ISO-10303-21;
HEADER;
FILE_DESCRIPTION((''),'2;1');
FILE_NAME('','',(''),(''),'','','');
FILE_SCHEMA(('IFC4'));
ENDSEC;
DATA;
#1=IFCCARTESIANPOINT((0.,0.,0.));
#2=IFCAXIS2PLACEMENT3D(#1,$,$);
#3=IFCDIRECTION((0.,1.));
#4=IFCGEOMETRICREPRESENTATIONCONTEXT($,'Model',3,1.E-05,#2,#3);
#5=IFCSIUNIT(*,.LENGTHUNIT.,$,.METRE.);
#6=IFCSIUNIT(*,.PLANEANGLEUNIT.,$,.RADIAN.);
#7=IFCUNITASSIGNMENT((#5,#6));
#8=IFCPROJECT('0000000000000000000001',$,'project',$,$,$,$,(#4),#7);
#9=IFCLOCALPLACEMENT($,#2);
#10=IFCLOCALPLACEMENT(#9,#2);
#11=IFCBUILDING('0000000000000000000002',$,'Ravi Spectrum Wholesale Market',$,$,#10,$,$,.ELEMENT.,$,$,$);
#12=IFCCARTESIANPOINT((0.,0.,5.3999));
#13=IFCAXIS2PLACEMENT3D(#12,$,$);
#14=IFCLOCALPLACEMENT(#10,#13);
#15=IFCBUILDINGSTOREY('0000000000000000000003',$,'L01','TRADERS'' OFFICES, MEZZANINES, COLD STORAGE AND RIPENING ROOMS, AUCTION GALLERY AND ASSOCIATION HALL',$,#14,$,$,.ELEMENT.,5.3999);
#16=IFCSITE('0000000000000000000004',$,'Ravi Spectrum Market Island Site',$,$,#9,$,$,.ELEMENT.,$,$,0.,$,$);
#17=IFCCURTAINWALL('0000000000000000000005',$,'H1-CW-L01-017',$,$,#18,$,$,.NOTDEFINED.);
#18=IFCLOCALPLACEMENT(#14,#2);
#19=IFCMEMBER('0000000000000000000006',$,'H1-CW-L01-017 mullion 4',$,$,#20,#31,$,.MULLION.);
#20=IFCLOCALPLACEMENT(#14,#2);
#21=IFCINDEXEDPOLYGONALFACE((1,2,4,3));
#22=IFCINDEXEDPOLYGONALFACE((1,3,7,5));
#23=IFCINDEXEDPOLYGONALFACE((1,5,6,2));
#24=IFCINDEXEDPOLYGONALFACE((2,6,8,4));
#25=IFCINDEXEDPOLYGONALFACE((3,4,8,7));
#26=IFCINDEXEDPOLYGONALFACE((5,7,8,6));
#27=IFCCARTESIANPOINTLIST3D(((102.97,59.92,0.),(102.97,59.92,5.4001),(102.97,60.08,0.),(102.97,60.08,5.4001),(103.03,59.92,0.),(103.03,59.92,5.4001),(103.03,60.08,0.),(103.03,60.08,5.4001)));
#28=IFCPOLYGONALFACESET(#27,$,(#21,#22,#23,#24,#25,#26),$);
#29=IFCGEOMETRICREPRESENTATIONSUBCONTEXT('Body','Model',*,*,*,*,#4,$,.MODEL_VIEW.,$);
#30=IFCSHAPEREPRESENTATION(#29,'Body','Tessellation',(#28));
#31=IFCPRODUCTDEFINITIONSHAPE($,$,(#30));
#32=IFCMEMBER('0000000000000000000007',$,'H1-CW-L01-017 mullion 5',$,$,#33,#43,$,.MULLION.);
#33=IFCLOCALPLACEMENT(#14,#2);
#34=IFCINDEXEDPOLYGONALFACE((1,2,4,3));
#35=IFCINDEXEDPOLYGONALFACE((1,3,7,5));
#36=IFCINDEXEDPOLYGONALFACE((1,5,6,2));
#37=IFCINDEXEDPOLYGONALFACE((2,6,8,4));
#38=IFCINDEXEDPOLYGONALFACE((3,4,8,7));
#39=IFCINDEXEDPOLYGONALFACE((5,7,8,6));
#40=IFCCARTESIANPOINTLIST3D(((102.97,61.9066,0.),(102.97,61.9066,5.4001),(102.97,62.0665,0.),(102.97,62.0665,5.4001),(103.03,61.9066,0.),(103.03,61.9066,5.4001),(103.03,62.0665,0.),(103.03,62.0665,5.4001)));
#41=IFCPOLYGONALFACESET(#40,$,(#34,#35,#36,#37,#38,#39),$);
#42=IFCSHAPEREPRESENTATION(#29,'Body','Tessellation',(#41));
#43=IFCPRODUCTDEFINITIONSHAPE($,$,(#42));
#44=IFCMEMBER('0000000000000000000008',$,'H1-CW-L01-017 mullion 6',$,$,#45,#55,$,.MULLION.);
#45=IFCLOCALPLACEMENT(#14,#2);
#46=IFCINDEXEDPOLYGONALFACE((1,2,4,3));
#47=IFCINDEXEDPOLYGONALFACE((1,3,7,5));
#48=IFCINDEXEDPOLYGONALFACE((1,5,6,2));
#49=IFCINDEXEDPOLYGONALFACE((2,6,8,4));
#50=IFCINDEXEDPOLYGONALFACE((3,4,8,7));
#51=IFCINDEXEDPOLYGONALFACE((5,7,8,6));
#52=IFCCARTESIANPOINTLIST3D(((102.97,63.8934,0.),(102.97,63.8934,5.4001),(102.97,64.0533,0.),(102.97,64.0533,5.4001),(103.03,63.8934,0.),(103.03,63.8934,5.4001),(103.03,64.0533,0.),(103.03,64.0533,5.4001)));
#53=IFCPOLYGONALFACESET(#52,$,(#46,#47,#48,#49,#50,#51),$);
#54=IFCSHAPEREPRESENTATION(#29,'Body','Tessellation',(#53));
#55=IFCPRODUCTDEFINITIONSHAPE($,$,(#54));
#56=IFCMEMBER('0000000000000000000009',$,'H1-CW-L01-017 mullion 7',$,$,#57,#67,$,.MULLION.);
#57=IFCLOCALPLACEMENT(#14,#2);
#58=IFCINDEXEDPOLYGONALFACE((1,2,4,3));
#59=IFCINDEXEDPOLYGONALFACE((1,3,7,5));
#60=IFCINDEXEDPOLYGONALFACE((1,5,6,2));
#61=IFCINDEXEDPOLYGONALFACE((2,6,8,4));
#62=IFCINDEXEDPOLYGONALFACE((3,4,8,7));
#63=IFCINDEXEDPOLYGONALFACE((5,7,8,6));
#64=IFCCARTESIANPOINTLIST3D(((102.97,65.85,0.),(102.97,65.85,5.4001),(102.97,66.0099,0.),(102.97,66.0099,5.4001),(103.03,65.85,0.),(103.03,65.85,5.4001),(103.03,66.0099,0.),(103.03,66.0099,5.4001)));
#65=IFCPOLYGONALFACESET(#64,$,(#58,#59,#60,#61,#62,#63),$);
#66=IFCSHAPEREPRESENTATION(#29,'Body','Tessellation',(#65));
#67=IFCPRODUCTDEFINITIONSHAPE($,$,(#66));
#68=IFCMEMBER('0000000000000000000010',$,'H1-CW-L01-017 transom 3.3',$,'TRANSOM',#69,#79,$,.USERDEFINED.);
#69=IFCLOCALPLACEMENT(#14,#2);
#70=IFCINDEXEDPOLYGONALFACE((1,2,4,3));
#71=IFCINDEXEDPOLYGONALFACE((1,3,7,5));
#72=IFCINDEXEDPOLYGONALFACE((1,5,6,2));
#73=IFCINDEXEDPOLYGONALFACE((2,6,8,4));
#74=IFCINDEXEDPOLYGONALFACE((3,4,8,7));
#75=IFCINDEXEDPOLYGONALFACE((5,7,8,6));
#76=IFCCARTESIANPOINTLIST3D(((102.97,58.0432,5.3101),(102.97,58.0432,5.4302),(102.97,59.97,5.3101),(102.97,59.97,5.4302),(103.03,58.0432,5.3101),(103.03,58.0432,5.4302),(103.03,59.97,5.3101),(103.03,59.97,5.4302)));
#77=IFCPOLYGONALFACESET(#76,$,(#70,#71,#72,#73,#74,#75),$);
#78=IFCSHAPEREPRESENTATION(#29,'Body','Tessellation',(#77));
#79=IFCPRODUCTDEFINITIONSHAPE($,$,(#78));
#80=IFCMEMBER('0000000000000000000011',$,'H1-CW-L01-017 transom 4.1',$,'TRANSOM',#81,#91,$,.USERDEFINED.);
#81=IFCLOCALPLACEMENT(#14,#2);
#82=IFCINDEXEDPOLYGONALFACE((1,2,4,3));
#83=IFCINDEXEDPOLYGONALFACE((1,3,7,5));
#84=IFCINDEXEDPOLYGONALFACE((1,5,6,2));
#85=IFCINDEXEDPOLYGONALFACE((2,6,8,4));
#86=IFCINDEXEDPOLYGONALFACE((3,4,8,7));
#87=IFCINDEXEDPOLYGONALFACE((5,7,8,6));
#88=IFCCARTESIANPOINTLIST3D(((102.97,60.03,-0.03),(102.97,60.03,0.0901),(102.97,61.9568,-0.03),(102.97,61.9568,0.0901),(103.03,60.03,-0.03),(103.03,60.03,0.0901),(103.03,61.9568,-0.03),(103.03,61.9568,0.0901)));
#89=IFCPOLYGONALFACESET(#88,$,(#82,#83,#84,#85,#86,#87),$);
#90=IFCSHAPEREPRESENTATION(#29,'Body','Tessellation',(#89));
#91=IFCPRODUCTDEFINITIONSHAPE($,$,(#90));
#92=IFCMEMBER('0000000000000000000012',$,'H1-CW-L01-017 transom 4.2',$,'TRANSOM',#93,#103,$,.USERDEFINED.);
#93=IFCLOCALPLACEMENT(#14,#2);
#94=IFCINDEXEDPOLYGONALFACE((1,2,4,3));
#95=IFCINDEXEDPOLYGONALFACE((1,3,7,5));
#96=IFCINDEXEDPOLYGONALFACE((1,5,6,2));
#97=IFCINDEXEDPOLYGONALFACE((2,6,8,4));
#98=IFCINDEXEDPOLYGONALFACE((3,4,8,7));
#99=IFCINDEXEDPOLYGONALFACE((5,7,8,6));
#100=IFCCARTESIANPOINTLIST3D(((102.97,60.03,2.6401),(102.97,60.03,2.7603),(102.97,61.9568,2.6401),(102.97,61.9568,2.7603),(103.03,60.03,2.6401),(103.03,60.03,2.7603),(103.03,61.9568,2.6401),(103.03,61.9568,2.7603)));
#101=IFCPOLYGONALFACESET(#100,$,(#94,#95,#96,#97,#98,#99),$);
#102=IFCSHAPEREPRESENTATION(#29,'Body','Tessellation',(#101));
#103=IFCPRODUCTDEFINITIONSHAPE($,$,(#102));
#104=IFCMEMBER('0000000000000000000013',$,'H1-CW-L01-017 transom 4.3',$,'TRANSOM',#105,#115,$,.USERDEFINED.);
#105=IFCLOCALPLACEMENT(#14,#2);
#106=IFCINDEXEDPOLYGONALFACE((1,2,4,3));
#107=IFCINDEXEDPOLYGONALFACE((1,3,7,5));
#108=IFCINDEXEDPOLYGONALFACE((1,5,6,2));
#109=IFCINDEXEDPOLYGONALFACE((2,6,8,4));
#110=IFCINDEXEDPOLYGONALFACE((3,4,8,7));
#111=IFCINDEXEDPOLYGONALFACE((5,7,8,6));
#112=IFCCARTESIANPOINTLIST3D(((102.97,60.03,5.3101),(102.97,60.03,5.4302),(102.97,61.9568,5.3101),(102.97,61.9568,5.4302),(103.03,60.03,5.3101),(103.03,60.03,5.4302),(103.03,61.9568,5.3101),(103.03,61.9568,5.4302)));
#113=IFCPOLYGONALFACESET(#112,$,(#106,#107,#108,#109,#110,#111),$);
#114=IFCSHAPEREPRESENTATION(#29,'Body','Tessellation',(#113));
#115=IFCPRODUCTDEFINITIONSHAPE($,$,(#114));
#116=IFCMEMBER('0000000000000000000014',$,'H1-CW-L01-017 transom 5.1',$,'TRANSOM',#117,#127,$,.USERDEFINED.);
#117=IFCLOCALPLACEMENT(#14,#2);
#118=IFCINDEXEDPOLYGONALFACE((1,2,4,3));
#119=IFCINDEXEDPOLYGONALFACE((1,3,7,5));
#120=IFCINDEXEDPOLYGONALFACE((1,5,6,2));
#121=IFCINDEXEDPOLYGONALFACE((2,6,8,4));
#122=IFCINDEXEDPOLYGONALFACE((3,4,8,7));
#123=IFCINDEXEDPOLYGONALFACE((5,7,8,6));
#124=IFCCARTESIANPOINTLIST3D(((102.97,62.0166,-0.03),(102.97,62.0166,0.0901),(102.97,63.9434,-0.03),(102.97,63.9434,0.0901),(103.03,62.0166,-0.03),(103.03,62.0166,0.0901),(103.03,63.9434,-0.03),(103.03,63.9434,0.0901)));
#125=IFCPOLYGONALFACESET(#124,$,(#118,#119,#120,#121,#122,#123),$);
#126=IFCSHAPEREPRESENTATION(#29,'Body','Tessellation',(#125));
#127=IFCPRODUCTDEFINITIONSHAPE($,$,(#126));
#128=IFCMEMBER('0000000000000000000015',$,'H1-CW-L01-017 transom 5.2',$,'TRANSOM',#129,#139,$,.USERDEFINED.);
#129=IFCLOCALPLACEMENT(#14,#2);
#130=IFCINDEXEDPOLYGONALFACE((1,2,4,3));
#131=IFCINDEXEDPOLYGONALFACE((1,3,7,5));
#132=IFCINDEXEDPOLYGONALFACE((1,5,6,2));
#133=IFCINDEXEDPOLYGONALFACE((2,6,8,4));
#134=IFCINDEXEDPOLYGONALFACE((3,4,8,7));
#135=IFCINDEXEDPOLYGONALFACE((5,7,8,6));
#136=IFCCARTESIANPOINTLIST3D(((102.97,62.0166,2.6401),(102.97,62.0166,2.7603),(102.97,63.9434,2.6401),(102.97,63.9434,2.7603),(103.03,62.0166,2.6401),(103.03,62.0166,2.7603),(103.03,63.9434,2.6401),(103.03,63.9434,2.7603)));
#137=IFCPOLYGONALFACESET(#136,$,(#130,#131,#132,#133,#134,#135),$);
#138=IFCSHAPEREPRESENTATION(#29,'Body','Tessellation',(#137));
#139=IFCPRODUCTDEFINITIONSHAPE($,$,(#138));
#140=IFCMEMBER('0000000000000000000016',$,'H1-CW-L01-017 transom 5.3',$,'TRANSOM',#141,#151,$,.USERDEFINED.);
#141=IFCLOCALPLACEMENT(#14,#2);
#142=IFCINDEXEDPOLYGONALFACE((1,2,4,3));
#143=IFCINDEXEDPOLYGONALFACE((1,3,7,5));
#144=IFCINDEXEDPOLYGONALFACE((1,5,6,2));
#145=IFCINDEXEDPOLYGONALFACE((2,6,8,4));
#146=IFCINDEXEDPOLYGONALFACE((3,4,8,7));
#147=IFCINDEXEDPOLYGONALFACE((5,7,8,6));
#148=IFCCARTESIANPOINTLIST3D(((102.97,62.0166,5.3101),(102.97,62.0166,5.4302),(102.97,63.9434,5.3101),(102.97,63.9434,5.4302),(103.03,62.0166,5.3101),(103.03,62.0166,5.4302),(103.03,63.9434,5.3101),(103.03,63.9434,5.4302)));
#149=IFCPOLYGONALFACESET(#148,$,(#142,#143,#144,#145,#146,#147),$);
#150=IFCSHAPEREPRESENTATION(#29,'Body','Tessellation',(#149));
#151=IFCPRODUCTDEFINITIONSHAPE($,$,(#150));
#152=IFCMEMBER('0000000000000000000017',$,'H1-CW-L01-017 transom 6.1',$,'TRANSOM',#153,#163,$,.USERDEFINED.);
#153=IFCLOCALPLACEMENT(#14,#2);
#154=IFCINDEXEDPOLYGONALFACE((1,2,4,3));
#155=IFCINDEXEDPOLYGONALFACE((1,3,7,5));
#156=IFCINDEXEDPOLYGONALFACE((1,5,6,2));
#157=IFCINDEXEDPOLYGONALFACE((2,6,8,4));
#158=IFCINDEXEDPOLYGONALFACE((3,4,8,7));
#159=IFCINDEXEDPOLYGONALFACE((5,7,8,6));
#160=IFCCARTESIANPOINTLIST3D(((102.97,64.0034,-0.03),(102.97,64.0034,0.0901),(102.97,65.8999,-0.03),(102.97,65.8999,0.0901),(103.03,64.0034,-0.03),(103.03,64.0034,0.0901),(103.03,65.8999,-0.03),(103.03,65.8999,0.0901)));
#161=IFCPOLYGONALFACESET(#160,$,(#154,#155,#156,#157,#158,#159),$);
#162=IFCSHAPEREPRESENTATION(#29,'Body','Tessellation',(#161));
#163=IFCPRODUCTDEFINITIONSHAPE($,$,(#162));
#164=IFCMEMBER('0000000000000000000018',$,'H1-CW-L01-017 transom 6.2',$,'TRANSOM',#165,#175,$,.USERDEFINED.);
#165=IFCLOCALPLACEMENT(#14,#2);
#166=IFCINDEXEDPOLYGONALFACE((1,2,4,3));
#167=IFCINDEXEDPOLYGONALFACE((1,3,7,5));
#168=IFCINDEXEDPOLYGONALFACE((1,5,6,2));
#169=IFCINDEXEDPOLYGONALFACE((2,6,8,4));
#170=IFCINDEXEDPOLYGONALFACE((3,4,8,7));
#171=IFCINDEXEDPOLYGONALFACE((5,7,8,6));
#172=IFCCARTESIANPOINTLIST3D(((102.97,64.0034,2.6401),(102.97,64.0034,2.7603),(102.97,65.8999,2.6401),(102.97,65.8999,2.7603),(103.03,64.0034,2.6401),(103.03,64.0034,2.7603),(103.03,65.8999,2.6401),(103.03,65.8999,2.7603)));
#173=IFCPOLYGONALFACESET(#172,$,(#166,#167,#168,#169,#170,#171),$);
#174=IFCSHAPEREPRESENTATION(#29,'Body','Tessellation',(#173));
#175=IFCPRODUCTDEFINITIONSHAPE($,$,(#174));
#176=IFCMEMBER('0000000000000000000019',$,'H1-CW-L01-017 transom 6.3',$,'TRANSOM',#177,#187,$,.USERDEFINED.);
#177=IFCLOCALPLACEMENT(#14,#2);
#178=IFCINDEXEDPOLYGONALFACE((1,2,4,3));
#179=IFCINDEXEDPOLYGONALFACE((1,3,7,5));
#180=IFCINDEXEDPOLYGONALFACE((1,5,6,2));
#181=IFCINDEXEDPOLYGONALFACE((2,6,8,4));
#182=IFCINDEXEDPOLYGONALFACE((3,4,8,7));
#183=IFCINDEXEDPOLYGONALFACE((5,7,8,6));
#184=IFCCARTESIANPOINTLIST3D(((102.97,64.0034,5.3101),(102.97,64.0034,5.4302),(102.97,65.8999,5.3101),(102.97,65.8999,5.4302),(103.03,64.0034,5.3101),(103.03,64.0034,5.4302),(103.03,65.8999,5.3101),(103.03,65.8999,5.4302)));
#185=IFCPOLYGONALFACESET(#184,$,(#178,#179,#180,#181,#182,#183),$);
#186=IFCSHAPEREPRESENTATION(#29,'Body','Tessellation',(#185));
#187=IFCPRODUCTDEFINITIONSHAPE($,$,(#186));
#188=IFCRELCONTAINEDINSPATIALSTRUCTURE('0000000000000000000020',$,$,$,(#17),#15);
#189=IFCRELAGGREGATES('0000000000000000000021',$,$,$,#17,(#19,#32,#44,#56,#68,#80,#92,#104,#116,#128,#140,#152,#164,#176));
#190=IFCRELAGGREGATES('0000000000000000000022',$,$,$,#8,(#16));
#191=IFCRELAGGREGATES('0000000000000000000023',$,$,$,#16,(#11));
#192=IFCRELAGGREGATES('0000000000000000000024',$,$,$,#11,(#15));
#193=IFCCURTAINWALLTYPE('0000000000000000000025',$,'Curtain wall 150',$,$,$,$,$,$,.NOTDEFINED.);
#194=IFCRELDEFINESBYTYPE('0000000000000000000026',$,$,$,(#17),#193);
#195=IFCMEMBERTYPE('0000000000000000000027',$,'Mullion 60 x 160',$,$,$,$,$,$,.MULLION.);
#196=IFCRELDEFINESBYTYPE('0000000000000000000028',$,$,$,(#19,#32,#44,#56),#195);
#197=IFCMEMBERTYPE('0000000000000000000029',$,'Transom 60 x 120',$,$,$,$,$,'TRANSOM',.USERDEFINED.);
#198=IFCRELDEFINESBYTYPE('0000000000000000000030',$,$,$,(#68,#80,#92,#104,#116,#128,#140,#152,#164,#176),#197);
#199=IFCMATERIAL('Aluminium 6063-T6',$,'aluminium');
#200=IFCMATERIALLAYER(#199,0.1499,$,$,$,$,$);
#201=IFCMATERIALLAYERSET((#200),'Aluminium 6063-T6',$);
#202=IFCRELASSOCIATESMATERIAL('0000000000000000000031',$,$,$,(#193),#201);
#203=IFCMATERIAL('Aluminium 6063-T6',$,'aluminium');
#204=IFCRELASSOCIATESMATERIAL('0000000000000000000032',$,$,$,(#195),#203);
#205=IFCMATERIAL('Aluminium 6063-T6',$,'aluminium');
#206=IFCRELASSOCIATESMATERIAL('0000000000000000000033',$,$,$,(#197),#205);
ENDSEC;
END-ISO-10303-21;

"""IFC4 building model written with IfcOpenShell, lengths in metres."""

from ifc_helpers import new_model, si_unit, direction, frame, origin, origin_2d, place, context, subcontext, project, spatial, rectangle, extrude, material, layer, layer_set, material_profile, profile_set, type_object, element, aggregate, save


model = new_model("IFC4")

# Units and contexts
model_context = context("Model", 3, precision=1e-05, world=origin(), true_north=direction((0.0, 1.0)))
body_context = subcontext(model_context, "Body", "Model", "MODEL_VIEW")
ifc_project = project(units=[si_unit("LENGTHUNIT", "METRE"), si_unit("PLANEANGLEUNIT", "RADIAN")], contexts=[model_context])

# Site, building, storey
site_placement = place(None, origin())
site = spatial("IfcSite", under=ifc_project, at=site_placement, Name="Ravi Spectrum Market Island Site", CompositionType="ELEMENT", RefElevation=0.0)
building_placement = place(site_placement, origin())
building = spatial("IfcBuilding", under=site, at=building_placement, Name="Ravi Spectrum Wholesale Market", CompositionType="ELEMENT")
storey_placement = place(building_placement, frame((0.0, 0.0, 5.3999)))
storey = spatial("IfcBuildingStorey", under=building, at=storey_placement, Name="L01", Description="TRADERS' OFFICES, MEZZANINES, COLD STORAGE AND RIPENING ROOMS, AUCTION GALLERY AND ASSOCIATION HALL", CompositionType="ELEMENT", Elevation=5.3999)

# Curtain wall, members
ifc_material_1 = material(Name="Aluminium 6063-T6", Category="aluminium")
ifc_layer_1 = layer(ifc_material_1, 0.1499)
ifc_layer_set_1 = layer_set([ifc_layer_1], Name="Aluminium 6063-T6")
curtain_wall_type = type_object("IfcCurtainWallType", Name="Curtain wall 150", PredefinedType="NOTDEFINED", material=ifc_layer_set_1)
curtain_wall_placement = place(storey_placement, origin())
curtain_wall = element("IfcCurtainWall", 1, at=curtain_wall_placement, inside=storey, type_object=curtain_wall_type, Name="H1-CW-L01-017", PredefinedType="NOTDEFINED")
ifc_material_2 = material(Name="Aluminium 6063-T6", Category="aluminium")
ifc_material_profile_1 = material_profile(ifc_material_2, rectangle(XDim=0.0601, YDim=0.1599, at=origin_2d()))
ifc_profile_set_1 = profile_set([ifc_material_profile_1], Name="Aluminium 6063-T6")
member_type_1 = type_object("IfcMemberType", Name="Mullion 60 x 160", PredefinedType="MULLION", material=ifc_profile_set_1)
member_1_placement = place(storey_placement, frame((103.0, 60.0, 0.0), z_axis=(0.0, 0.0, 1.0), x_axis=(-1.0, 0.0, 0.0)))
member_1 = element("IfcMember", 2, at=member_1_placement, type_object=member_type_1, Name="H1-CW-L01-017 mullion 4", PredefinedType="MULLION", context=body_context, shape_type="SweptSolid", body=[
    extrude(rectangle(XDim=0.0601, YDim=0.1599, at=origin_2d()), origin(), (0.0, 0.0, 1.0), 5.4001),
])
member_2_placement = place(storey_placement, frame((103.0, 61.9866, 0.0), z_axis=(0.0, 0.0, 1.0), x_axis=(-1.0, 0.0, 0.0)))
member_2 = element("IfcMember", 3, at=member_2_placement, type_object=member_type_1, Name="H1-CW-L01-017 mullion 5", PredefinedType="MULLION", context=body_context, shape_type="SweptSolid", body=[
    extrude(rectangle(XDim=0.0601, YDim=0.1599, at=origin_2d()), origin(), (0.0, 0.0, 1.0), 5.4001),
])
member_3_placement = place(storey_placement, frame((103.0, 63.9734, 0.0), z_axis=(0.0, 0.0, 1.0), x_axis=(-1.0, 0.0, 0.0)))
member_3 = element("IfcMember", 4, at=member_3_placement, type_object=member_type_1, Name="H1-CW-L01-017 mullion 6", PredefinedType="MULLION", context=body_context, shape_type="SweptSolid", body=[
    extrude(rectangle(XDim=0.0601, YDim=0.1599, at=origin_2d()), origin(), (0.0, 0.0, 1.0), 5.4001),
])
member_4_placement = place(storey_placement, frame((103.0, 65.9299, 0.0), z_axis=(0.0, 0.0, 1.0), x_axis=(-1.0, 0.0, 0.0)))
member_4 = element("IfcMember", 5, at=member_4_placement, type_object=member_type_1, Name="H1-CW-L01-017 mullion 7", PredefinedType="MULLION", context=body_context, shape_type="SweptSolid", body=[
    extrude(rectangle(XDim=0.0601, YDim=0.1599, at=origin_2d()), origin(), (0.0, 0.0, 1.0), 5.4001),
])
ifc_material_3 = material(Name="Aluminium 6063-T6", Category="aluminium")
ifc_material_profile_2 = material_profile(ifc_material_3, rectangle(XDim=0.0601, YDim=0.1201, at=origin_2d()))
ifc_profile_set_2 = profile_set([ifc_material_profile_2], Name="Aluminium 6063-T6")
member_type_2 = type_object("IfcMemberType", Name="Transom 60 x 120", ElementType="TRANSOM", PredefinedType="USERDEFINED", material=ifc_profile_set_2)
member_5_placement = place(storey_placement, frame((103.0, 58.0432, 5.3701), z_axis=(0.0, 1.0, 0.0), x_axis=(-1.0, 0.0, 0.0)))
member_5 = element("IfcMember", 6, at=member_5_placement, type_object=member_type_2, Name="H1-CW-L01-017 transom 3.3", ObjectType="TRANSOM", PredefinedType="USERDEFINED", context=body_context, shape_type="SweptSolid", body=[
    extrude(rectangle(XDim=0.0601, YDim=0.1201, at=origin_2d()), origin(), (0.0, 0.0, 1.0), 1.9268),
])
member_6_placement = place(storey_placement, frame((103.0, 60.03, 0.03), z_axis=(0.0, 1.0, 0.0), x_axis=(-1.0, 0.0, 0.0)))
member_6 = element("IfcMember", 7, at=member_6_placement, type_object=member_type_2, Name="H1-CW-L01-017 transom 4.1", ObjectType="TRANSOM", PredefinedType="USERDEFINED", context=body_context, shape_type="SweptSolid", body=[
    extrude(rectangle(XDim=0.0601, YDim=0.1201, at=origin_2d()), origin(), (0.0, 0.0, 1.0), 1.9268),
])
member_7_placement = place(storey_placement, frame((103.0, 60.03, 2.7002), z_axis=(0.0, 1.0, 0.0), x_axis=(-1.0, 0.0, 0.0)))
member_7 = element("IfcMember", 8, at=member_7_placement, type_object=member_type_2, Name="H1-CW-L01-017 transom 4.2", ObjectType="TRANSOM", PredefinedType="USERDEFINED", context=body_context, shape_type="SweptSolid", body=[
    extrude(rectangle(XDim=0.0601, YDim=0.1201, at=origin_2d()), origin(), (0.0, 0.0, 1.0), 1.9268),
])
member_8_placement = place(storey_placement, frame((103.0, 60.03, 5.3701), z_axis=(0.0, 1.0, 0.0), x_axis=(-1.0, 0.0, 0.0)))
member_8 = element("IfcMember", 9, at=member_8_placement, type_object=member_type_2, Name="H1-CW-L01-017 transom 4.3", ObjectType="TRANSOM", PredefinedType="USERDEFINED", context=body_context, shape_type="SweptSolid", body=[
    extrude(rectangle(XDim=0.0601, YDim=0.1201, at=origin_2d()), origin(), (0.0, 0.0, 1.0), 1.9268),
])
member_9_placement = place(storey_placement, frame((103.0, 62.0166, 0.03), z_axis=(0.0, 1.0, 0.0), x_axis=(-1.0, 0.0, 0.0)))
member_9 = element("IfcMember", 10, at=member_9_placement, type_object=member_type_2, Name="H1-CW-L01-017 transom 5.1", ObjectType="TRANSOM", PredefinedType="USERDEFINED", context=body_context, shape_type="SweptSolid", body=[
    extrude(rectangle(XDim=0.0601, YDim=0.1201, at=origin_2d()), origin(), (0.0, 0.0, 1.0), 1.9268),
])
member_10_placement = place(storey_placement, frame((103.0, 62.0166, 2.7002), z_axis=(0.0, 1.0, 0.0), x_axis=(-1.0, 0.0, 0.0)))
member_10 = element("IfcMember", 11, at=member_10_placement, type_object=member_type_2, Name="H1-CW-L01-017 transom 5.2", ObjectType="TRANSOM", PredefinedType="USERDEFINED", context=body_context, shape_type="SweptSolid", body=[
    extrude(rectangle(XDim=0.0601, YDim=0.1201, at=origin_2d()), origin(), (0.0, 0.0, 1.0), 1.9268),
])
member_11_placement = place(storey_placement, frame((103.0, 62.0166, 5.3701), z_axis=(0.0, 1.0, 0.0), x_axis=(-1.0, 0.0, 0.0)))
member_11 = element("IfcMember", 12, at=member_11_placement, type_object=member_type_2, Name="H1-CW-L01-017 transom 5.3", ObjectType="TRANSOM", PredefinedType="USERDEFINED", context=body_context, shape_type="SweptSolid", body=[
    extrude(rectangle(XDim=0.0601, YDim=0.1201, at=origin_2d()), origin(), (0.0, 0.0, 1.0), 1.9268),
])
member_12_placement = place(storey_placement, frame((103.0, 64.0034, 0.03), z_axis=(0.0, 1.0, 0.0), x_axis=(-1.0, 0.0, 0.0)))
member_12 = element("IfcMember", 13, at=member_12_placement, type_object=member_type_2, Name="H1-CW-L01-017 transom 6.1", ObjectType="TRANSOM", PredefinedType="USERDEFINED", context=body_context, shape_type="SweptSolid", body=[
    extrude(rectangle(XDim=0.0601, YDim=0.1201, at=origin_2d()), origin(), (0.0, 0.0, 1.0), 1.8965),
])
member_13_placement = place(storey_placement, frame((103.0, 64.0034, 2.7002), z_axis=(0.0, 1.0, 0.0), x_axis=(-1.0, 0.0, 0.0)))
member_13 = element("IfcMember", 14, at=member_13_placement, type_object=member_type_2, Name="H1-CW-L01-017 transom 6.2", ObjectType="TRANSOM", PredefinedType="USERDEFINED", context=body_context, shape_type="SweptSolid", body=[
    extrude(rectangle(XDim=0.0601, YDim=0.1201, at=origin_2d()), origin(), (0.0, 0.0, 1.0), 1.8965),
])
member_14_placement = place(storey_placement, frame((103.0, 64.0034, 5.3701), z_axis=(0.0, 1.0, 0.0), x_axis=(-1.0, 0.0, 0.0)))
member_14 = element("IfcMember", 15, at=member_14_placement, type_object=member_type_2, Name="H1-CW-L01-017 transom 6.3", ObjectType="TRANSOM", PredefinedType="USERDEFINED", context=body_context, shape_type="SweptSolid", body=[
    extrude(rectangle(XDim=0.0601, YDim=0.1201, at=origin_2d()), origin(), (0.0, 0.0, 1.0), 1.8965),
])
aggregate(curtain_wall, [member_1, member_2, member_3, member_4, member_5, member_6, member_7, member_8, member_9, member_10, member_11, member_12, member_13, member_14])

save(model, "model.ifc")
